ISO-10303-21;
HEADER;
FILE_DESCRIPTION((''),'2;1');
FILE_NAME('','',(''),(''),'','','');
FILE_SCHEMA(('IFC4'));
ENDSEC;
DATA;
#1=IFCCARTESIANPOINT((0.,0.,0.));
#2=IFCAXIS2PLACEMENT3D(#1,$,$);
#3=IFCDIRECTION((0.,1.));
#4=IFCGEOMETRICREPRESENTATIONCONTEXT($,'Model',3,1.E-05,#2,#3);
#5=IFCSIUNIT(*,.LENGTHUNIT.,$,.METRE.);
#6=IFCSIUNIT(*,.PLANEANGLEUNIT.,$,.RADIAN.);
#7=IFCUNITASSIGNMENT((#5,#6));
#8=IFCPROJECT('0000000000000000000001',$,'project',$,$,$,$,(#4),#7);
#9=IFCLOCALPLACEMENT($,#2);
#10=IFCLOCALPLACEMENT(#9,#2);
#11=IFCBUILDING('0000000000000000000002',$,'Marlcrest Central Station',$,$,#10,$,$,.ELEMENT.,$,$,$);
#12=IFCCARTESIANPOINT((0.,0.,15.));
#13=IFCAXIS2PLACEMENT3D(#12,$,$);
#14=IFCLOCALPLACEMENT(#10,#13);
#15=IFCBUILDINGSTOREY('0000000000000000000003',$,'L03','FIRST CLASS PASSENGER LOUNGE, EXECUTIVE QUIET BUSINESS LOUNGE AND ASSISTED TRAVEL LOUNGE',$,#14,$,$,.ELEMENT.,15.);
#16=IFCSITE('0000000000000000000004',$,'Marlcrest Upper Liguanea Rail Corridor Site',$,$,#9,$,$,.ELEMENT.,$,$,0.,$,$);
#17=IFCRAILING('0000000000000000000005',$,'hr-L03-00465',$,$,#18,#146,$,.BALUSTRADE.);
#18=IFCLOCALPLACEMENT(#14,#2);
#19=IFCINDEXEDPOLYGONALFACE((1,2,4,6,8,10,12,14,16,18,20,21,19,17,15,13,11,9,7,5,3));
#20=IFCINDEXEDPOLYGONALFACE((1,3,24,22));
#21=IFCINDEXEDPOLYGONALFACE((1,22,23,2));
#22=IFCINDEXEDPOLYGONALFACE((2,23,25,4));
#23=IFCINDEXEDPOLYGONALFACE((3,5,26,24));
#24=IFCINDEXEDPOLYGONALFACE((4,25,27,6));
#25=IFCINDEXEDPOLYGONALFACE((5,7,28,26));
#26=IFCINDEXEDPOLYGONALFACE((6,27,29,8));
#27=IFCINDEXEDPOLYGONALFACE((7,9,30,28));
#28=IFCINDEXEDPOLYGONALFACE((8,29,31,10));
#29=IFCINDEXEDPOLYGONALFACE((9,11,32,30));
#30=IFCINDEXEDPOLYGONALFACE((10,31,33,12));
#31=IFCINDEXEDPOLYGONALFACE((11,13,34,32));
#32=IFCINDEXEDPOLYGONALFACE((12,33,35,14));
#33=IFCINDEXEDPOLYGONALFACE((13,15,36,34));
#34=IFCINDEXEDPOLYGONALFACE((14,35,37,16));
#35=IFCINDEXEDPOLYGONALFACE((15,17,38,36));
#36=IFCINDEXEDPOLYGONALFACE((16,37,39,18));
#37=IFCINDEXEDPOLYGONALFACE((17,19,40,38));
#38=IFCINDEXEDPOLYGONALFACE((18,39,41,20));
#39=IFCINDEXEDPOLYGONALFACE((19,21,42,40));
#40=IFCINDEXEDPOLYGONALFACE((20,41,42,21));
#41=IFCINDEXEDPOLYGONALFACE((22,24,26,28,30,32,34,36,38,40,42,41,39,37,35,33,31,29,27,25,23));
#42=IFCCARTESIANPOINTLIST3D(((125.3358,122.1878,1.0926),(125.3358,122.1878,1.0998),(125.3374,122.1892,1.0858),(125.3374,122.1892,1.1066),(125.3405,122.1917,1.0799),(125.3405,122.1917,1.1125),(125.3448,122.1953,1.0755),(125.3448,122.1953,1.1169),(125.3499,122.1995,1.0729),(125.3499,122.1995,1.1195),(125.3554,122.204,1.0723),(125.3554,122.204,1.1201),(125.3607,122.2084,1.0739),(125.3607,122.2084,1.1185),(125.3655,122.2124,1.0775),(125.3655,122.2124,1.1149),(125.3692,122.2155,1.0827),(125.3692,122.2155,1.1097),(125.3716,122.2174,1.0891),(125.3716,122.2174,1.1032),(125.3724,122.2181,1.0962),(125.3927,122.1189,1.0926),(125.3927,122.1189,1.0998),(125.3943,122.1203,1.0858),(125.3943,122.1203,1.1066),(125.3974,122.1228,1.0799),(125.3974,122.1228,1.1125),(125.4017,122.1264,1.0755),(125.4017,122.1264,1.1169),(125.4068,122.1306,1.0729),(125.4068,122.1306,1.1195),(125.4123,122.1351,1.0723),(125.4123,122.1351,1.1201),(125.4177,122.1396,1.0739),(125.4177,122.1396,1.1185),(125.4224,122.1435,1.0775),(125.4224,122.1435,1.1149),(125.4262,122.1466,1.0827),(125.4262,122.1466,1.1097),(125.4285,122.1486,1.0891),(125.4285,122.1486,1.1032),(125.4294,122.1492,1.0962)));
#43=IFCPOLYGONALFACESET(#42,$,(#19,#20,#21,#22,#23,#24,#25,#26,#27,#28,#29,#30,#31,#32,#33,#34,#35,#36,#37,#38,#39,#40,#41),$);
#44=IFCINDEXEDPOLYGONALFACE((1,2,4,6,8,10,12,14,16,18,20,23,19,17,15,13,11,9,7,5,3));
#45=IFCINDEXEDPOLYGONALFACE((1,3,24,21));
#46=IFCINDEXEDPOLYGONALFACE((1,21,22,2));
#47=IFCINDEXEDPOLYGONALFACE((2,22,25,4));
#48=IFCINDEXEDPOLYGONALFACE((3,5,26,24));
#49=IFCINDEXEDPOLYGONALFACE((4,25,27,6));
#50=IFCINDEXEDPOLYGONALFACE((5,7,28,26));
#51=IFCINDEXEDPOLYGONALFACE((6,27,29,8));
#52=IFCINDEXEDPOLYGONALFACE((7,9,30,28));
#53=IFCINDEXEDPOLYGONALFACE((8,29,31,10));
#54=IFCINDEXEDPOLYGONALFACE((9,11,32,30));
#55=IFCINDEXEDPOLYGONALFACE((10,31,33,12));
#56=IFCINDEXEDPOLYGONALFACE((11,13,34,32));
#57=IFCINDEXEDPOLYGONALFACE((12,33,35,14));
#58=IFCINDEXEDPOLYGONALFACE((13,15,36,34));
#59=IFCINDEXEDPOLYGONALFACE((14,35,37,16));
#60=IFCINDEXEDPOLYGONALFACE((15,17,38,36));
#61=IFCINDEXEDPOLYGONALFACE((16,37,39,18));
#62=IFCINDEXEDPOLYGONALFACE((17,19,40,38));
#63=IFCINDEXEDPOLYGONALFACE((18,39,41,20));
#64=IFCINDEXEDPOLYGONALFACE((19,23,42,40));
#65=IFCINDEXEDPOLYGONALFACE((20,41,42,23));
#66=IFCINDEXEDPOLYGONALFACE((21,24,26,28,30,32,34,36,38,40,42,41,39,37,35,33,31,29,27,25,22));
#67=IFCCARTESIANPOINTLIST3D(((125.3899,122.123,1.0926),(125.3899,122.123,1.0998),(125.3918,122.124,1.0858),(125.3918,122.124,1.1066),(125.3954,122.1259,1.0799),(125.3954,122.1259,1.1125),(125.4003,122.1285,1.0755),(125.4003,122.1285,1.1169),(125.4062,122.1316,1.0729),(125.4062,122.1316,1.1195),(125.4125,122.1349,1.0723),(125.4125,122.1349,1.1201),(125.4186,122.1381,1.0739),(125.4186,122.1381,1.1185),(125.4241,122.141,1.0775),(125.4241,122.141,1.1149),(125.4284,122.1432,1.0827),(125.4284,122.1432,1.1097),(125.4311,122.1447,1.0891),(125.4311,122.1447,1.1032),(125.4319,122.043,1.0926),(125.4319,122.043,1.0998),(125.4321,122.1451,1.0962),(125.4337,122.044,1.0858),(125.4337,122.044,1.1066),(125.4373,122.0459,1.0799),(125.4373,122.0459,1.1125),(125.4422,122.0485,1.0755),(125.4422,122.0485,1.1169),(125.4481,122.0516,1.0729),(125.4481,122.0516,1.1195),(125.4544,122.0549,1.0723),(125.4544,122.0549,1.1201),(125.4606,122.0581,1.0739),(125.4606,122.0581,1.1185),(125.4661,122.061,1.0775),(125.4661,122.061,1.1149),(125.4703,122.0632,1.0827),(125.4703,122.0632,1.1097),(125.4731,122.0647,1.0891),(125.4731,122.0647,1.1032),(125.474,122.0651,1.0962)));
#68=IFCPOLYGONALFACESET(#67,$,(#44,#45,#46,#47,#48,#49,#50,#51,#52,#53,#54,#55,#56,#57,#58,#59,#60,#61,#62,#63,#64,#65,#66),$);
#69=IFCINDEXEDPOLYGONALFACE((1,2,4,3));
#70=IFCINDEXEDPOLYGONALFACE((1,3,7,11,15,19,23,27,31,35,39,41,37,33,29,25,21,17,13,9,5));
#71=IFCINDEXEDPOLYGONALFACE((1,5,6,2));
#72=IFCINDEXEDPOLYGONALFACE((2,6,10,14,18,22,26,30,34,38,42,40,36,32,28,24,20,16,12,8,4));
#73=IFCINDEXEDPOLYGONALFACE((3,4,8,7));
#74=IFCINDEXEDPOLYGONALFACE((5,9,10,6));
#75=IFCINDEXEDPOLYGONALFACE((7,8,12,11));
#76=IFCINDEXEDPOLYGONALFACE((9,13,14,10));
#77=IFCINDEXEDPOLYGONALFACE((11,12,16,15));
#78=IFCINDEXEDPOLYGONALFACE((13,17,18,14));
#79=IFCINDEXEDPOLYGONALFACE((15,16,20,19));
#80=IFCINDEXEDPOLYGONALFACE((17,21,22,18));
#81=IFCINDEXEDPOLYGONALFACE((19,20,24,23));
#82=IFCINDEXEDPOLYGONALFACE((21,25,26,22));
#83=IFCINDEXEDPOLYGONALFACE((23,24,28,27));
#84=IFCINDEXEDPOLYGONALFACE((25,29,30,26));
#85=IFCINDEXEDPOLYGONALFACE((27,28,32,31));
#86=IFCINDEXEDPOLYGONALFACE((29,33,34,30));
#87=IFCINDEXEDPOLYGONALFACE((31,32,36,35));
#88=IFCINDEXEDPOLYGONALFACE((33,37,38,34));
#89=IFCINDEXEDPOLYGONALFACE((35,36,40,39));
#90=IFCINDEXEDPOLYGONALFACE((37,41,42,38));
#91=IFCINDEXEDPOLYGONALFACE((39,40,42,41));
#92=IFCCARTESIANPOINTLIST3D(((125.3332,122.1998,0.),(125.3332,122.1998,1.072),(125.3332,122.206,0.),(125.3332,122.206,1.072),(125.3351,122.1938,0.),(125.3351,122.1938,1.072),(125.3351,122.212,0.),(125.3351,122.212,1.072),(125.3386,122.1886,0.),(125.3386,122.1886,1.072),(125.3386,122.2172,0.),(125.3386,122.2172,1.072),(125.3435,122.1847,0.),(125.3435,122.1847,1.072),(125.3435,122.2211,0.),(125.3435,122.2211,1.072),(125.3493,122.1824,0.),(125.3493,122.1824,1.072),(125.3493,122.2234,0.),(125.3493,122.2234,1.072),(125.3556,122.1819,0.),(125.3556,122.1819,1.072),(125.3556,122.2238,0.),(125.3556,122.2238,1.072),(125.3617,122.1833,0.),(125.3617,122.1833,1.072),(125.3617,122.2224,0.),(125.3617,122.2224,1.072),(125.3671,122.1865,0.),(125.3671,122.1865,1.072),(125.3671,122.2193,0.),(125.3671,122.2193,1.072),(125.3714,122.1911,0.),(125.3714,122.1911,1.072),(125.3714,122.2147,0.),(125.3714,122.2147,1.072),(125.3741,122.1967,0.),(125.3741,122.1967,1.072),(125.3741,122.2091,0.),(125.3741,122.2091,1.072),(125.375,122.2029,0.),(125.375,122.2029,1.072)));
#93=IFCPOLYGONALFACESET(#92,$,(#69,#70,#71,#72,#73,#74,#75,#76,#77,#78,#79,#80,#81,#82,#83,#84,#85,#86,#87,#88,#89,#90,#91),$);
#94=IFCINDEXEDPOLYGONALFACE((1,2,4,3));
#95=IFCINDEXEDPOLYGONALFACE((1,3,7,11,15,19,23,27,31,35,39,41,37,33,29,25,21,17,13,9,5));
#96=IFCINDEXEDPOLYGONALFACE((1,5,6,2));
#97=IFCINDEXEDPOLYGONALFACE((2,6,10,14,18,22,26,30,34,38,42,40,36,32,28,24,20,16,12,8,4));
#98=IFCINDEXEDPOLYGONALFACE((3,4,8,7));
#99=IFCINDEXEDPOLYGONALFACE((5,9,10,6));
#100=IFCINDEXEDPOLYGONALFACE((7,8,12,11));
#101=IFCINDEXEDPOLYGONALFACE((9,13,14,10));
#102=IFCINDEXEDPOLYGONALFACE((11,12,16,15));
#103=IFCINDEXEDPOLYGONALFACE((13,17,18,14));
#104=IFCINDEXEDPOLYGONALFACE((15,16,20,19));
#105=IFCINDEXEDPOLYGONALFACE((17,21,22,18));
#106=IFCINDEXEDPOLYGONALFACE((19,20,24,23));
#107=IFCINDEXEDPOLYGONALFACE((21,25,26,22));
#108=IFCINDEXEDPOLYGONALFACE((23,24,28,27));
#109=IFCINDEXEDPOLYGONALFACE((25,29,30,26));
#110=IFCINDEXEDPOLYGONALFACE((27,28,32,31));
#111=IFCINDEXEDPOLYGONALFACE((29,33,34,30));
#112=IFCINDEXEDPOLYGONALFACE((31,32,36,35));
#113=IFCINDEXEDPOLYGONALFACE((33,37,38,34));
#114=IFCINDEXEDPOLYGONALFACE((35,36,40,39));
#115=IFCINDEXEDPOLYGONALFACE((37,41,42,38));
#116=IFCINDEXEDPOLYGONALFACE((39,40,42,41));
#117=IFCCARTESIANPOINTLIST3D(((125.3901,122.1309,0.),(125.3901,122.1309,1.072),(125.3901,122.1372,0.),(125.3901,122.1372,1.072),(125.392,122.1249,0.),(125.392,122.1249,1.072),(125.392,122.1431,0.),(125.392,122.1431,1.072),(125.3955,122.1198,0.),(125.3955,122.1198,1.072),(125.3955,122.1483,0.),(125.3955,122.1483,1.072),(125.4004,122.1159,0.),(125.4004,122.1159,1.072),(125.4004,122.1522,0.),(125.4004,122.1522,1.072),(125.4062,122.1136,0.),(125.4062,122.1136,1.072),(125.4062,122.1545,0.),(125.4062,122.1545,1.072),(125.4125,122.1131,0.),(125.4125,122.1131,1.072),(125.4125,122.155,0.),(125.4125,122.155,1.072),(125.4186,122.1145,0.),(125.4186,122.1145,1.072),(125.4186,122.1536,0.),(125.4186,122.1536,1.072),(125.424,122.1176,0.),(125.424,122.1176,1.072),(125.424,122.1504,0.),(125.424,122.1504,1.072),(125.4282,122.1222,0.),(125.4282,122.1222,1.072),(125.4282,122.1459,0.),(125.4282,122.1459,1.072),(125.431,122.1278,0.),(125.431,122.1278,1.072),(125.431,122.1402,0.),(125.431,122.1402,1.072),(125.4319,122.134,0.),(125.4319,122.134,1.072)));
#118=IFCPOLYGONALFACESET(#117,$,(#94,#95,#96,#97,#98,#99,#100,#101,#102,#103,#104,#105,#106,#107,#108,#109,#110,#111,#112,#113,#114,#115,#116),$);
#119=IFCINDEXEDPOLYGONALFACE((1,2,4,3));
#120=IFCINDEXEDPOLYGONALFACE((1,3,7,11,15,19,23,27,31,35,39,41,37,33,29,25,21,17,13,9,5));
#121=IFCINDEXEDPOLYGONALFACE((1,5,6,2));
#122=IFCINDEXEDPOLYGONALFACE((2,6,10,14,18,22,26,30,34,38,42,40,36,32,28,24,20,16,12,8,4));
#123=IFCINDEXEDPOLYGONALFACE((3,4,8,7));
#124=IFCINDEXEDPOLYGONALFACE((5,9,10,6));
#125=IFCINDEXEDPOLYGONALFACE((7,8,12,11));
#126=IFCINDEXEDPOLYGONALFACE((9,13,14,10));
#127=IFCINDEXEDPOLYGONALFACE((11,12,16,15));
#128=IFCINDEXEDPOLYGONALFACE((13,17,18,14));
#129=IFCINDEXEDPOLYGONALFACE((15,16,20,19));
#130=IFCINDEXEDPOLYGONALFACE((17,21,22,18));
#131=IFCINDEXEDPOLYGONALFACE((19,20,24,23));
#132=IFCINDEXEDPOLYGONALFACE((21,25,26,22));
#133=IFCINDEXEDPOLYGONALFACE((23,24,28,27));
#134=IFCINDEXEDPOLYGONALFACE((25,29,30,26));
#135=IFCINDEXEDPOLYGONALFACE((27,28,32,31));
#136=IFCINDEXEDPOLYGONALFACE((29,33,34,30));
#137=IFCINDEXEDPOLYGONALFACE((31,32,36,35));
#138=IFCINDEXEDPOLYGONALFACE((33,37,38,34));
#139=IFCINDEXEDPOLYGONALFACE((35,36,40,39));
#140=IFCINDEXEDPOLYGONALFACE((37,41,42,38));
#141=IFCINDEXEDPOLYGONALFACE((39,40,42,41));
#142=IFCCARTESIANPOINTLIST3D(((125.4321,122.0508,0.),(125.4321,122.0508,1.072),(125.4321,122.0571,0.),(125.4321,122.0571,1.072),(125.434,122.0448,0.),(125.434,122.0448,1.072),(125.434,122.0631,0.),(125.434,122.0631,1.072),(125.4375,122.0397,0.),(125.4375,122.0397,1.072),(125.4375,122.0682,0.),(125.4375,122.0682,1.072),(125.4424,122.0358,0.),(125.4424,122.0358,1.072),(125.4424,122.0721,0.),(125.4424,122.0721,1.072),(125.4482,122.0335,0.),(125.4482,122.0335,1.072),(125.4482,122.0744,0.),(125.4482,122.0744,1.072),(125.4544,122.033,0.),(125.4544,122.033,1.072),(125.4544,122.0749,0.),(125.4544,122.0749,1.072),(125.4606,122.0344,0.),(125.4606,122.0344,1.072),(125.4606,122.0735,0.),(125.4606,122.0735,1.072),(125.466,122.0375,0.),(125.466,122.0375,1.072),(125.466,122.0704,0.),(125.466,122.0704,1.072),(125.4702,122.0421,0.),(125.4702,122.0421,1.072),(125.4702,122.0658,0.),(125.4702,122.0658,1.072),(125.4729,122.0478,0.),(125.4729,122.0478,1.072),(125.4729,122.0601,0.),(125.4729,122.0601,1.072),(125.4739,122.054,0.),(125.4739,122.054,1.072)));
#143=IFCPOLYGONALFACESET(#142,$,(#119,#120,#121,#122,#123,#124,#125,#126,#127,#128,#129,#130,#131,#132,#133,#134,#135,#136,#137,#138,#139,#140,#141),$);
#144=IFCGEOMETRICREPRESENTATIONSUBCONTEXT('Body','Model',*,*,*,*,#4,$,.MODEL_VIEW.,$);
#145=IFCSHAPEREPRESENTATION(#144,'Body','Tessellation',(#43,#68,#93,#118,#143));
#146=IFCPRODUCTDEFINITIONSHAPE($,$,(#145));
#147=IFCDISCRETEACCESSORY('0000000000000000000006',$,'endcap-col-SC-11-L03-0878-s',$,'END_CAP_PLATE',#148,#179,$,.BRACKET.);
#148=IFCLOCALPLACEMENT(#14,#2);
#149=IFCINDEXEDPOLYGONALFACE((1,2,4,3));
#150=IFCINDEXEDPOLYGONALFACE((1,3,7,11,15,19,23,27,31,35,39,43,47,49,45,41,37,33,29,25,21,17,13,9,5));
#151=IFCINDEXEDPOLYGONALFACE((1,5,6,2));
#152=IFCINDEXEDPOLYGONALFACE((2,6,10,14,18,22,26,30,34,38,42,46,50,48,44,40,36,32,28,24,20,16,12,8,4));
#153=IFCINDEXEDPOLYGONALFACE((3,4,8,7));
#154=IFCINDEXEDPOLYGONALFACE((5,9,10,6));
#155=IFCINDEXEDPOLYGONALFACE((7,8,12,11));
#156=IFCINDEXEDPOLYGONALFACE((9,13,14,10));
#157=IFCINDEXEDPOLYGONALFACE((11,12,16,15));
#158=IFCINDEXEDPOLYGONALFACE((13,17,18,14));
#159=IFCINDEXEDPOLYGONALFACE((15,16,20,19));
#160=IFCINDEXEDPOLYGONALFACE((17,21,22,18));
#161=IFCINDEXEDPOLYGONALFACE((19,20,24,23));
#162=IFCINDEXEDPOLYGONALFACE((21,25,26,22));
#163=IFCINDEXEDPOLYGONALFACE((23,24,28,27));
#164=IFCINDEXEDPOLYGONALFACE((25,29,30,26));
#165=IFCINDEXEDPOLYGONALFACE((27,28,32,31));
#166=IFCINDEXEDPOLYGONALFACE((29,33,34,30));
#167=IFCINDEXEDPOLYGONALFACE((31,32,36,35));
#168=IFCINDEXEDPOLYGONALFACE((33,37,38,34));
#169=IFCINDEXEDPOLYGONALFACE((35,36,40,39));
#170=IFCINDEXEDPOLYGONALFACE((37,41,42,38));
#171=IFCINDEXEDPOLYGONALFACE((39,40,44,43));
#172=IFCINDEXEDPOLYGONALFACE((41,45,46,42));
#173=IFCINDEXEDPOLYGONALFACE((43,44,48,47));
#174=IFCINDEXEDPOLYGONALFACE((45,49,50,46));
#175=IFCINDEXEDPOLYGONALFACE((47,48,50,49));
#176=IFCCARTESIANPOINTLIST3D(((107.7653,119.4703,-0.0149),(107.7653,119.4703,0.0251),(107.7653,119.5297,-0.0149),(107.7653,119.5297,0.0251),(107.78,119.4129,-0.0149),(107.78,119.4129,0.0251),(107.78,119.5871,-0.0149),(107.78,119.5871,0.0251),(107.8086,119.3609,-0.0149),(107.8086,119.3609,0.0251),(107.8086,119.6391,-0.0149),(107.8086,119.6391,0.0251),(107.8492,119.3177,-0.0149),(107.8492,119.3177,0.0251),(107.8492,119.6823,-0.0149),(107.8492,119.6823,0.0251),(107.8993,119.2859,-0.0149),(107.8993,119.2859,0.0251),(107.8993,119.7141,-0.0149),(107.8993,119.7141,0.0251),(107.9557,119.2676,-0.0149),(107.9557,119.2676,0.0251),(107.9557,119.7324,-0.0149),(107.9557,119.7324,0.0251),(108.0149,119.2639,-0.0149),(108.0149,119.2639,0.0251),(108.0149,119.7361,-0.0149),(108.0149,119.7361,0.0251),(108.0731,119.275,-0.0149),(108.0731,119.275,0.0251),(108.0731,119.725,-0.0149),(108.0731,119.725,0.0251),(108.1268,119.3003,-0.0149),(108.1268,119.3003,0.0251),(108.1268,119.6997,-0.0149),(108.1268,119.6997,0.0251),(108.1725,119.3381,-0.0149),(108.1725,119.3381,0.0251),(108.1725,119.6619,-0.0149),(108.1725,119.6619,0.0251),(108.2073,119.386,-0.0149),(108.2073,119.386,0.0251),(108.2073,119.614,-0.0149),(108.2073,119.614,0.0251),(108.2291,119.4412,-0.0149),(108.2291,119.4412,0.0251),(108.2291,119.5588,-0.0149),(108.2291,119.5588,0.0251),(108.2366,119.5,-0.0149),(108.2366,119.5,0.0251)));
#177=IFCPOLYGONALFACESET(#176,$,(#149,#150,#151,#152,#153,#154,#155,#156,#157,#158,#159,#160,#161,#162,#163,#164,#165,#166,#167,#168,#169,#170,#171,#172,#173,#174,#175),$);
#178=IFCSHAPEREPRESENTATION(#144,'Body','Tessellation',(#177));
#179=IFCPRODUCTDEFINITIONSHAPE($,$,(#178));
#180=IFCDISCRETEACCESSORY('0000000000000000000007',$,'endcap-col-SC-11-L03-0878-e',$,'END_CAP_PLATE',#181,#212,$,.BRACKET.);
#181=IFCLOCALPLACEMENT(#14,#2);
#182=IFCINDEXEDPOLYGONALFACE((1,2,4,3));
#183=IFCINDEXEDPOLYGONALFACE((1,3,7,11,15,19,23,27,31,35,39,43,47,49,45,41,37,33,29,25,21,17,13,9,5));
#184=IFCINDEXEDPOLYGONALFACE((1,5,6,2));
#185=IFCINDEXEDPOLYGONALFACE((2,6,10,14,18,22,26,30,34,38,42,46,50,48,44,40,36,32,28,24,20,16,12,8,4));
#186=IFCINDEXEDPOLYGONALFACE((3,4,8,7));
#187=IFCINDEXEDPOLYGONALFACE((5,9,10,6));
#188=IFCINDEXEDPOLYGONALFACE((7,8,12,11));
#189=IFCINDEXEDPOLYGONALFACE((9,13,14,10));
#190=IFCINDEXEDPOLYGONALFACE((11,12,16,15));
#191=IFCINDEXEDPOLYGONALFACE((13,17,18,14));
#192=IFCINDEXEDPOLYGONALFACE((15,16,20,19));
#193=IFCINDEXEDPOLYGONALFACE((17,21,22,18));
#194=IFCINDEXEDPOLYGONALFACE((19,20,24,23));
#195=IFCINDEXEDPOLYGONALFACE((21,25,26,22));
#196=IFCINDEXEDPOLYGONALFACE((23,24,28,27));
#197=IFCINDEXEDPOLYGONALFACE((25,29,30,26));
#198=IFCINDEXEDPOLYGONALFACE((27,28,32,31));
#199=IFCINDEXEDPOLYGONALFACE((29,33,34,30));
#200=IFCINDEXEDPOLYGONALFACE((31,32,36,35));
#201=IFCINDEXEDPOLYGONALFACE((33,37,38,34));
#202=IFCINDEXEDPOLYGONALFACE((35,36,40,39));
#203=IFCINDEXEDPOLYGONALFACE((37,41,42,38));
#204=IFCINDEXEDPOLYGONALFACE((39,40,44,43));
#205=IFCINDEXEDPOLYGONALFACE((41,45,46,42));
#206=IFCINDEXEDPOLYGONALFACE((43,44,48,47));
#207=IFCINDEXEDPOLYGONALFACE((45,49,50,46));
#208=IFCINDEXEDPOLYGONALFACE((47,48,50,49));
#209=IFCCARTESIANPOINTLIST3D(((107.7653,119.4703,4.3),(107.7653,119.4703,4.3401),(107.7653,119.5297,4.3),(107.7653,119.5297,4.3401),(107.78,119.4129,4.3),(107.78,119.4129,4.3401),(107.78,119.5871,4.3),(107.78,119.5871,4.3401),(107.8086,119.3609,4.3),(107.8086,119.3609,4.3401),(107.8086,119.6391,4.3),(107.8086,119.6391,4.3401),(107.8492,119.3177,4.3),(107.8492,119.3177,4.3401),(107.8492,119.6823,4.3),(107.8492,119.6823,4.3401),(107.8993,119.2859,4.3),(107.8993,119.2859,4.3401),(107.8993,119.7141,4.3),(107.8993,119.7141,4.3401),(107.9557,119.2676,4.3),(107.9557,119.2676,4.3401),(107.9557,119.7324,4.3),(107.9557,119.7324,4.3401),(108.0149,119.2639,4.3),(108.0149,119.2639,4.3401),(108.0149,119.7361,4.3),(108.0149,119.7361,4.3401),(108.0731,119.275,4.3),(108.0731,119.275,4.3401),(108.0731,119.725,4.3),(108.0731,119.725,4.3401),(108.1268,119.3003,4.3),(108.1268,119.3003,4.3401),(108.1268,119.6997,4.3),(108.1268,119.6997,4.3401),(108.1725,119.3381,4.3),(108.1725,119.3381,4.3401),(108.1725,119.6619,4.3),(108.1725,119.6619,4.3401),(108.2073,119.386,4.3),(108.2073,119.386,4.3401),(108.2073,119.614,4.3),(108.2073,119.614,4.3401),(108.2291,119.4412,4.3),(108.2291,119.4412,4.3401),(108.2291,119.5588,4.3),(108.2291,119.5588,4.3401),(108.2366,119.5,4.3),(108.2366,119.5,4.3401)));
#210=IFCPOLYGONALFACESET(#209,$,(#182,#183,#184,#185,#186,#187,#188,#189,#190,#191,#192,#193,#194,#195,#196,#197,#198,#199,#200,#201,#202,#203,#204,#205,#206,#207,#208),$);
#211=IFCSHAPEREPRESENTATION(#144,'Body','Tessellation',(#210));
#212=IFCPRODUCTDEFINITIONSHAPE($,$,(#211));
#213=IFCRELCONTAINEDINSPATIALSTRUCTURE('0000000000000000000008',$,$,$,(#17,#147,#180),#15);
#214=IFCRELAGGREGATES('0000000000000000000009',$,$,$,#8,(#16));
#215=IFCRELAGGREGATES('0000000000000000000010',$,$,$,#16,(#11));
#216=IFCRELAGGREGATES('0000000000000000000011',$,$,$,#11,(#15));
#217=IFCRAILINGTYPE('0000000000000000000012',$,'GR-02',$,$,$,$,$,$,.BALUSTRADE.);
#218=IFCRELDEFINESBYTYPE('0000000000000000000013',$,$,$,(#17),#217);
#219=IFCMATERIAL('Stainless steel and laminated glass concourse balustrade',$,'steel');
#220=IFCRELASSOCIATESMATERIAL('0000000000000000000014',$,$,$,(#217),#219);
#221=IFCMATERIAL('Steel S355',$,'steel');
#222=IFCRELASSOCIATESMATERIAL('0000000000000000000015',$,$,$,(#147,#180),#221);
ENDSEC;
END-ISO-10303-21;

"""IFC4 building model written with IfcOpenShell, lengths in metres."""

from ifc_helpers import new_model, si_unit, direction, frame, origin, origin_2d, place, context, subcontext, project, spatial, circle, extrude, material, type_object, element, save


model = new_model("IFC4")

# Units and contexts
model_context = context("Model", 3, precision=1e-05, world=origin(), true_north=direction((0.0, 1.0)))
body_context = subcontext(model_context, "Body", "Model", "MODEL_VIEW")
ifc_project = project(units=[si_unit("LENGTHUNIT", "METRE"), si_unit("PLANEANGLEUNIT", "RADIAN")], contexts=[model_context])

# Site, building, storey
site_placement = place(None, origin())
site = spatial("IfcSite", under=ifc_project, at=site_placement, Name="Marlcrest Upper Liguanea Rail Corridor Site", CompositionType="ELEMENT", RefElevation=0.0)
building_placement = place(site_placement, origin())
building = spatial("IfcBuilding", under=site, at=building_placement, Name="Marlcrest Central Station", CompositionType="ELEMENT")
storey_placement = place(building_placement, frame((0.0, 0.0, 15.0)))
storey = spatial("IfcBuildingStorey", under=building, at=storey_placement, Name="L03", Description="FIRST CLASS PASSENGER LOUNGE, EXECUTIVE QUIET BUSINESS LOUNGE AND ASSISTED TRAVEL LOUNGE", CompositionType="ELEMENT", Elevation=15.0)

# Shared definitions
ifc_material_1 = material(Name="Steel S355", Category="steel")

# Railing
ifc_material_2 = material(Name="Stainless steel and laminated glass concourse balustrade", Category="steel")
railing_type = type_object("IfcRailingType", Name="GR-02", PredefinedType="BALUSTRADE", material=ifc_material_2)
railing_1_placement = place(storey_placement, frame((125.354, 122.2029, 0.0)))
element("IfcRailing", 1, at=railing_1_placement, inside=storey, type_object=railing_type, Name="hr-L03-00465", PredefinedType="BALUSTRADE", context=body_context, shape_type="SweptSolid", body=[
    extrude(circle(Radius=0.0239, at=origin_2d()), frame((0.0, 0.0, 1.0962), z_axis=(0.636952, -0.770903, 0.0), x_axis=(0.770903, 0.636952, 0.0)), (0.0, 0.0, 1.0), 0.0894),
    extrude(circle(Radius=0.0239, at=origin_2d()), frame((0.0569, -0.0688, 1.0962), z_axis=(0.464411, -0.88562, 0.0), x_axis=(0.88562, 0.464411, 0.0)), (0.0, 0.0, 1.0), 0.0903),
    extrude(circle(Radius=0.021, at=origin_2d()), origin(), (0.0, 0.0, 1.0), 1.072),
    extrude(circle(Radius=0.021, at=origin_2d()), frame((0.0569, -0.0688, 0.0)), (0.0, 0.0, 1.0), 1.072),
    extrude(circle(Radius=0.021, at=origin_2d()), frame((0.0989, -0.1489, 0.0)), (0.0, 0.0, 1.0), 1.072),
])

# Discrete accessories
for number, where, z_axis, x_axis, name in (
    (2, (108.0, 119.5, -0.0149), (0.0, 0.0, 1.0), (1.0, 0.0, 0.0), "endcap-col-SC-11-L03-0878-s"),
    (3, (108.0, 119.5, 4.3), (0.0, 0.0, 1.0), (1.0, 0.0, 0.0), "endcap-col-SC-11-L03-0878-e"),
):
    element("IfcDiscreteAccessory", number, at=place(storey_placement, frame(where, z_axis=z_axis, x_axis=x_axis)), inside=storey, material=ifc_material_1, Name=name, ObjectType="END_CAP_PLATE", PredefinedType="BRACKET", context=body_context, shape_type="SweptSolid", body=[
        extrude(circle(Radius=0.2366, at=origin_2d()), origin(), (0.0, 0.0, 1.0), 0.04),
    ])

save(model, "model.ifc")
